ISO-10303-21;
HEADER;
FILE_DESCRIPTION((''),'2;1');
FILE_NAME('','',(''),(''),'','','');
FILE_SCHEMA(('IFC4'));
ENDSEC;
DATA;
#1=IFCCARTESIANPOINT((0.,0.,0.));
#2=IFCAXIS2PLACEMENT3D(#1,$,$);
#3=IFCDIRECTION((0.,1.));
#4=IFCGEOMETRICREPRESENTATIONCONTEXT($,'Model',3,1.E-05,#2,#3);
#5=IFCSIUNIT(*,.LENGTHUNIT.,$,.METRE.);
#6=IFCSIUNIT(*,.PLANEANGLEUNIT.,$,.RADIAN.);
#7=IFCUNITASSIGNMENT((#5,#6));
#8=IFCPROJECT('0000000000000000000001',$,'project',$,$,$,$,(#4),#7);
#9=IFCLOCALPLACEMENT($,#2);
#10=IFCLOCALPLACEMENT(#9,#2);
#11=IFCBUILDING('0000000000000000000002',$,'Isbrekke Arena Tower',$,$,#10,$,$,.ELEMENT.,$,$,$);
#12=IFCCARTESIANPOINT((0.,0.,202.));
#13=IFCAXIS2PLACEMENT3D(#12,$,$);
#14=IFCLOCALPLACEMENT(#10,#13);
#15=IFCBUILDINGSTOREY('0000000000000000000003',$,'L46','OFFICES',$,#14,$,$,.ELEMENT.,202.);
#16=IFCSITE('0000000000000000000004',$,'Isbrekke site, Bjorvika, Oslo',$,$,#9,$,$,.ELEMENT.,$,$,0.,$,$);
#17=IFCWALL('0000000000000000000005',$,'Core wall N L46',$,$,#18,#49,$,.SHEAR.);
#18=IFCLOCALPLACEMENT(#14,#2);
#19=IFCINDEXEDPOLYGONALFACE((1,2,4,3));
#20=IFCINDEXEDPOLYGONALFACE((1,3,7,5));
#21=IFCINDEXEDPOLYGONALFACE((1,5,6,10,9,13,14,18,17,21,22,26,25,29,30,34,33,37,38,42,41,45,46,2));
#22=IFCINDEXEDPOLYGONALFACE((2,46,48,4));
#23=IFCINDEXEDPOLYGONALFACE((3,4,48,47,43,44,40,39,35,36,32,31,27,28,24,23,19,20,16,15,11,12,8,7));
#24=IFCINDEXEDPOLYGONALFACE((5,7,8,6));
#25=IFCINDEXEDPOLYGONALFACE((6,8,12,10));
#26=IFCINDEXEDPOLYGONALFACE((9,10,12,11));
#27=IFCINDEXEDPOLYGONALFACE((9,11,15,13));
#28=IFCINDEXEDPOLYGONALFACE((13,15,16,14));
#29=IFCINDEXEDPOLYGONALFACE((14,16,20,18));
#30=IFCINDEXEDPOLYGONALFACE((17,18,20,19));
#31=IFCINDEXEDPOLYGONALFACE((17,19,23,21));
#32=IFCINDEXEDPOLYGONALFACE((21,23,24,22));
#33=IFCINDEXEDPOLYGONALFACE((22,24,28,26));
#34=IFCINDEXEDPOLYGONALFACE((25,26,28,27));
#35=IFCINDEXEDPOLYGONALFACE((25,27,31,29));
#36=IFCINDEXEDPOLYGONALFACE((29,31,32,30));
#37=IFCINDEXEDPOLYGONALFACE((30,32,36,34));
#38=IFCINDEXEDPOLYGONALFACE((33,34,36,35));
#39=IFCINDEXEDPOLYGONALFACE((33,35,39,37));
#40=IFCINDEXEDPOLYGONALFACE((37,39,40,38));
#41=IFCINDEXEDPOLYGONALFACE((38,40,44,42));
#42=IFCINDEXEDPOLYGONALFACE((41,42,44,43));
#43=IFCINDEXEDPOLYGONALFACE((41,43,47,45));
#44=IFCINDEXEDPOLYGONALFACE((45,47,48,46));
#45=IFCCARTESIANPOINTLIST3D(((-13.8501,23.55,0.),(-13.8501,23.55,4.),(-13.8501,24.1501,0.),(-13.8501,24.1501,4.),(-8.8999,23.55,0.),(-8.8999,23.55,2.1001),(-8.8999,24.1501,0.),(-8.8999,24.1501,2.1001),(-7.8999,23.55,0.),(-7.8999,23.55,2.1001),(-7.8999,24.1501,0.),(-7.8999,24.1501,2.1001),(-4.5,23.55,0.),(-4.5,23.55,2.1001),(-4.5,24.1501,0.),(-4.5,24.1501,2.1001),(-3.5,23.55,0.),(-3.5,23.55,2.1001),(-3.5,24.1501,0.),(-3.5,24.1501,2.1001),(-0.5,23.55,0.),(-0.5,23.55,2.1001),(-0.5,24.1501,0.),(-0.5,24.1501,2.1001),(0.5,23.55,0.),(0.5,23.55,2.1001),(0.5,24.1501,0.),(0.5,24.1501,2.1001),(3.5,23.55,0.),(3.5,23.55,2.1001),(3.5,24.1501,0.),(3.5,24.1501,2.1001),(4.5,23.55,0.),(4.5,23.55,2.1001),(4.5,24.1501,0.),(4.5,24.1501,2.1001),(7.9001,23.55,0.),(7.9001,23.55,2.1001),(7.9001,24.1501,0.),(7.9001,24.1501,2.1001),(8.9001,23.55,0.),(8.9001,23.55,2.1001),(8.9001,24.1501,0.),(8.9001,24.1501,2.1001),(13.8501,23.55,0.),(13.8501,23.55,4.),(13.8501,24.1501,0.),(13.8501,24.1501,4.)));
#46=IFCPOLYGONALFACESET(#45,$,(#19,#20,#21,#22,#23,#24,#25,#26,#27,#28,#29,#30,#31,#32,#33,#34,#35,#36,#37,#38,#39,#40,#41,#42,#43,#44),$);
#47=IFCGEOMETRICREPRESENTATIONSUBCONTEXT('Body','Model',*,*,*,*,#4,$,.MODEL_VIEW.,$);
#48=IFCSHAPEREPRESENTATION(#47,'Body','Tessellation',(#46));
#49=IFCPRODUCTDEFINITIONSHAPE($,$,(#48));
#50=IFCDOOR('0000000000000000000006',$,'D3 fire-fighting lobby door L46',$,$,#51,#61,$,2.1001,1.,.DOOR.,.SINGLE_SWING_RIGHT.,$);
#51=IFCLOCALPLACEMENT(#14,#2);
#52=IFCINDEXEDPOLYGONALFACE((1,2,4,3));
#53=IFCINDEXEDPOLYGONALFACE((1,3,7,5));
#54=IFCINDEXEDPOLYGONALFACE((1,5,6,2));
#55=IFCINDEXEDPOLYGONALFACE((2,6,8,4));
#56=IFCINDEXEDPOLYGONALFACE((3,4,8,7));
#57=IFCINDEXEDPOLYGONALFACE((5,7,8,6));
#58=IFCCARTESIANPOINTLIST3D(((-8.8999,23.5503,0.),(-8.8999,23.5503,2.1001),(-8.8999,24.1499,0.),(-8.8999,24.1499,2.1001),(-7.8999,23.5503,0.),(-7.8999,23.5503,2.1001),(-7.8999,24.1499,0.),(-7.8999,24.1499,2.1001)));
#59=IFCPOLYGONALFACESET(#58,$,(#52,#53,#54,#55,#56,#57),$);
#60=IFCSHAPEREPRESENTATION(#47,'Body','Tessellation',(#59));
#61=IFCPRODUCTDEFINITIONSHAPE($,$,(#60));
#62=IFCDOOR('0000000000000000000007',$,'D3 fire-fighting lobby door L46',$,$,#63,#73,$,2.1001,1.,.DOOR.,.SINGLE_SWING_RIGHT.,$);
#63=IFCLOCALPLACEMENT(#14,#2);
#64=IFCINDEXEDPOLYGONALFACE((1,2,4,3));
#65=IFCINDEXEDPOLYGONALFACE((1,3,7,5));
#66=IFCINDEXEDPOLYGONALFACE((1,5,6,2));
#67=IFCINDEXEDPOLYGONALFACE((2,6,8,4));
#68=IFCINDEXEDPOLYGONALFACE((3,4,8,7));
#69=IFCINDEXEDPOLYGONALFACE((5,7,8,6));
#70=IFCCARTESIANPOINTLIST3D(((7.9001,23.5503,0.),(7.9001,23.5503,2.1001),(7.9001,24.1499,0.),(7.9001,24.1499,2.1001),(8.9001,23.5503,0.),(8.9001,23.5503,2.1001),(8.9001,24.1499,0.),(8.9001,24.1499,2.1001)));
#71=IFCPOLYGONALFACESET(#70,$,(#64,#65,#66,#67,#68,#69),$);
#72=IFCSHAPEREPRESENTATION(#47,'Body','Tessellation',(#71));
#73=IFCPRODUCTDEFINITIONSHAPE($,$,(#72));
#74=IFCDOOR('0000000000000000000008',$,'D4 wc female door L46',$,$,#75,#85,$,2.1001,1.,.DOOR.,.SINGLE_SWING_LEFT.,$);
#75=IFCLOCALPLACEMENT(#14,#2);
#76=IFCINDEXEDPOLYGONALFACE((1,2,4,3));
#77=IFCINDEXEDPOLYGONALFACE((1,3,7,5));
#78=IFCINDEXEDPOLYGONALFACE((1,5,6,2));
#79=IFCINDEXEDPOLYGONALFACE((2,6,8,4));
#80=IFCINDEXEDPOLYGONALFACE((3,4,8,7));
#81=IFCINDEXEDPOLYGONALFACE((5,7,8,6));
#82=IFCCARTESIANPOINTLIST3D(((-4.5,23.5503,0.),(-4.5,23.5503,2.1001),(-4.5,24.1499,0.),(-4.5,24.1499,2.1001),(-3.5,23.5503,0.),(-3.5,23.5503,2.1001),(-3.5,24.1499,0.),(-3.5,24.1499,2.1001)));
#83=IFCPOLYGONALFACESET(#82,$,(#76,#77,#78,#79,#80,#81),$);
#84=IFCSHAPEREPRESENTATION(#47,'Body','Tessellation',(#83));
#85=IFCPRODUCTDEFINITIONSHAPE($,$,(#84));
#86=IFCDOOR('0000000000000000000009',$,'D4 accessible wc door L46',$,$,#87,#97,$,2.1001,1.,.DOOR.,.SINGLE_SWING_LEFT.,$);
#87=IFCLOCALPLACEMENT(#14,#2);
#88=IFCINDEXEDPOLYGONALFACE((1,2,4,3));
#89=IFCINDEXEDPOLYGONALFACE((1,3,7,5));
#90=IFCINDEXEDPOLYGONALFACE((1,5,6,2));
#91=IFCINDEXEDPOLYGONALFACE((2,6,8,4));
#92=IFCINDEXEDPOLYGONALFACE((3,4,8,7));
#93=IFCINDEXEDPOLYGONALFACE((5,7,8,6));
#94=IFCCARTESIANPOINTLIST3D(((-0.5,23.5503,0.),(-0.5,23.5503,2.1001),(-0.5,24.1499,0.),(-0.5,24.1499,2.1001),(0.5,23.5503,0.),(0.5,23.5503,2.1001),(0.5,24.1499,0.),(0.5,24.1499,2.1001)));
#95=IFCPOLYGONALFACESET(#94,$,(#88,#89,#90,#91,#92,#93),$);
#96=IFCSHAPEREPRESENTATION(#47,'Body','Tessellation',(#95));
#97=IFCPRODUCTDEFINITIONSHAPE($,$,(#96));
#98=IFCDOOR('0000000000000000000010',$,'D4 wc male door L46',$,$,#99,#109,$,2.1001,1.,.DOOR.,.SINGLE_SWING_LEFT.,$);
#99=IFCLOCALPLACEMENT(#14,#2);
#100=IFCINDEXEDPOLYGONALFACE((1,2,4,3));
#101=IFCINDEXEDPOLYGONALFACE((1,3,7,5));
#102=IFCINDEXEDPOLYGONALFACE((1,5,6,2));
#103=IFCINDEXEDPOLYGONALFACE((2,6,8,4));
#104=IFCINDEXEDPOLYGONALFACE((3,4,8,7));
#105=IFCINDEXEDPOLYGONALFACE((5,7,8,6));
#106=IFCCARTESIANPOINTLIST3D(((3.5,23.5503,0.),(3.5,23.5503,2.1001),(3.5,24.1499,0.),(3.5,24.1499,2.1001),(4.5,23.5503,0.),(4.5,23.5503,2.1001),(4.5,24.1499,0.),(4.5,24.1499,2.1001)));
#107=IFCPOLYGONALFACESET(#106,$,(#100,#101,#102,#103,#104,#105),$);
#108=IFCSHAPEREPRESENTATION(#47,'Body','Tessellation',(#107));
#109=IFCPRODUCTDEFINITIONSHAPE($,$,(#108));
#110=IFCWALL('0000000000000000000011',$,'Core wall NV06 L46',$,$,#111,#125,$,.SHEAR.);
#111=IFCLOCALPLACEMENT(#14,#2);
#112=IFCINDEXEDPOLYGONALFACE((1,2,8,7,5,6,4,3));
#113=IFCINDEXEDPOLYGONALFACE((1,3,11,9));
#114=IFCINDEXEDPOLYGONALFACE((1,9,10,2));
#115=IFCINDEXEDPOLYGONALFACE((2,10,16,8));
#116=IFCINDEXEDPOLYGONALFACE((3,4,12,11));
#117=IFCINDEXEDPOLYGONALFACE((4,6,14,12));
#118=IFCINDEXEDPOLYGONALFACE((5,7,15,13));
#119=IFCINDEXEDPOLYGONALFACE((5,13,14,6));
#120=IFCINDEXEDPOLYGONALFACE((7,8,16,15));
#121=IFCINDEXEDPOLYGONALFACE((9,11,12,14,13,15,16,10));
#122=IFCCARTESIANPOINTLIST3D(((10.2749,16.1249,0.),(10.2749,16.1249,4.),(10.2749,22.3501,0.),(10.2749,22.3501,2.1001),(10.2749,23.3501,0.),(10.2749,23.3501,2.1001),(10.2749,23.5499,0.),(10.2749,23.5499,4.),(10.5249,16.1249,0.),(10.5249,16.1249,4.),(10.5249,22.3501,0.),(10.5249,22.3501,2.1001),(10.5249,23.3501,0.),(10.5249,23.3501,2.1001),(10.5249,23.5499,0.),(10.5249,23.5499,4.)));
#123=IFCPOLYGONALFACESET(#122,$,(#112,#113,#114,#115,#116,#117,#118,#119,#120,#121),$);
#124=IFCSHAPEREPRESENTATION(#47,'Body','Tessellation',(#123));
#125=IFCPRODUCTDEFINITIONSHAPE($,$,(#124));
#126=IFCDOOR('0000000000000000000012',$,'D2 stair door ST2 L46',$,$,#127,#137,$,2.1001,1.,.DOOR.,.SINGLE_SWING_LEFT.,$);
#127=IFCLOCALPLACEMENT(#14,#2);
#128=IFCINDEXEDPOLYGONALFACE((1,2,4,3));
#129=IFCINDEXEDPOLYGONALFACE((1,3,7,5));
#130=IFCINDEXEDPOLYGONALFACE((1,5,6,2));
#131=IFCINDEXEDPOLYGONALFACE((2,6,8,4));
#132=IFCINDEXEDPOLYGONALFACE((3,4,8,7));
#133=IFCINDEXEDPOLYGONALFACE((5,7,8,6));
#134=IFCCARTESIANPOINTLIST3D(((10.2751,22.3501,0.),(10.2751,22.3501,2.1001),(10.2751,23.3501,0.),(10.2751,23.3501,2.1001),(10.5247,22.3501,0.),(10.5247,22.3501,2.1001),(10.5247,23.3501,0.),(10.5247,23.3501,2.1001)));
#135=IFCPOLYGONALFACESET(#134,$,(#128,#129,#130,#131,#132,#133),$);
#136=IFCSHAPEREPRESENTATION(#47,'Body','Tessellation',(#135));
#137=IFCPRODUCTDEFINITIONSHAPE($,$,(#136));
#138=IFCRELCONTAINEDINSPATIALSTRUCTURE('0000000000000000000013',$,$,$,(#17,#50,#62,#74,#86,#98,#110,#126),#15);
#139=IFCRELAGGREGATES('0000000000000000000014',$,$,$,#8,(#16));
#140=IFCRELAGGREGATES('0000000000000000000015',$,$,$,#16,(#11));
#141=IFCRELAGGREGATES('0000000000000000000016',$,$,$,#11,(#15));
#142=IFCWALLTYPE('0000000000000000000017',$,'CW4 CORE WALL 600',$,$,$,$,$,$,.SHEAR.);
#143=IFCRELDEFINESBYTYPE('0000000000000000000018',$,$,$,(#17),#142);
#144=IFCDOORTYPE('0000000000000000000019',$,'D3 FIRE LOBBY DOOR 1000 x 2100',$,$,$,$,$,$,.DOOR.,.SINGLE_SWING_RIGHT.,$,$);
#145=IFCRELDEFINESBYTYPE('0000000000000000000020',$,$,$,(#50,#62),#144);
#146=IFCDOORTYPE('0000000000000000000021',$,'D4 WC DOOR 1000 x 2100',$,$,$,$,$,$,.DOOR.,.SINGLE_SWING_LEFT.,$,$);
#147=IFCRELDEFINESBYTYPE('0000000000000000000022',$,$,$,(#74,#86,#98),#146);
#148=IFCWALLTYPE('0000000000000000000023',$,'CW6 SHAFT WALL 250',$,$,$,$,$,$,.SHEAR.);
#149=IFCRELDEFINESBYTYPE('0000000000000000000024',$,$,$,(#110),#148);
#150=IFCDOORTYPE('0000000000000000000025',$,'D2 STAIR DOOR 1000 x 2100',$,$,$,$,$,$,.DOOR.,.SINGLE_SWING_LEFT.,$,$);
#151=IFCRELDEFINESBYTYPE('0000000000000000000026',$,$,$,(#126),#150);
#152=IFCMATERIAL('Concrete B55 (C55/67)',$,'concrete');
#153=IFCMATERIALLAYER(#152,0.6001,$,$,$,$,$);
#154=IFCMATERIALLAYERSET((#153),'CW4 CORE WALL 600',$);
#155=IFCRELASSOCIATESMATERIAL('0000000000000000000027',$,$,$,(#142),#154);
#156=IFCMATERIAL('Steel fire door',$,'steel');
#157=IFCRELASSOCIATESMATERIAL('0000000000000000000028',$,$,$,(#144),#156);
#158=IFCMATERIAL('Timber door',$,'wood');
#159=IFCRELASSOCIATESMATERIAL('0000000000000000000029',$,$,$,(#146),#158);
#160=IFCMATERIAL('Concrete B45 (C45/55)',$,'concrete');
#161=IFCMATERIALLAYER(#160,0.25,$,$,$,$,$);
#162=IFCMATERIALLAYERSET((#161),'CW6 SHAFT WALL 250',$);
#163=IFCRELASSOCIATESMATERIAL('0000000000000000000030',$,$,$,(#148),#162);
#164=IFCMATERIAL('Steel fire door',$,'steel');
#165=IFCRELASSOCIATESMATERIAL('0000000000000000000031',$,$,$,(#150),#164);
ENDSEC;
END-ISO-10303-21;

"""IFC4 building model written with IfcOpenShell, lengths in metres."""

from ifc_helpers import new_model, si_unit, direction, frame, frame_2d, origin, place, context, subcontext, project, spatial, rectangle, extrude, material, layer, layer_set, type_object, element, fill, save


model = new_model("IFC4")

# Units and contexts
model_context = context("Model", 3, precision=1e-05, world=origin(), true_north=direction((0.0, 1.0)))
body_context = subcontext(model_context, "Body", "Model", "MODEL_VIEW")
ifc_project = project(units=[si_unit("LENGTHUNIT", "METRE"), si_unit("PLANEANGLEUNIT", "RADIAN")], contexts=[model_context])

# Site, building, storey
site_placement = place(None, origin())
site = spatial("IfcSite", under=ifc_project, at=site_placement, Name="Isbrekke site, Bjorvika, Oslo", CompositionType="ELEMENT", RefElevation=0.0)
building_placement = place(site_placement, origin())
building = spatial("IfcBuilding", under=site, at=building_placement, Name="Isbrekke Arena Tower", CompositionType="ELEMENT")
storey_placement = place(building_placement, frame((0.0, 0.0, 202.0)))
storey = spatial("IfcBuildingStorey", under=building, at=storey_placement, Name="L46", Description="OFFICES", CompositionType="ELEMENT", Elevation=202.0)

# Wall, openings, doors
ifc_material_1 = material(Name="Concrete B55 (C55/67)", Category="concrete")
ifc_layer_1 = layer(ifc_material_1, 0.6001)
ifc_layer_set_1 = layer_set([ifc_layer_1], Name="CW4 CORE WALL 600")
wall_type_1 = type_object("IfcWallType", Name="CW4 CORE WALL 600", PredefinedType="SHEAR", material=ifc_layer_set_1)
wall_1_placement = place(storey_placement, frame((13.8501, 23.8501, 0.0), z_axis=(0.0, 0.0, 1.0), x_axis=(-1.0, 0.0, 0.0)))
wall_1 = element("IfcWall", 1, at=wall_1_placement, inside=storey, type_object=wall_type_1, Name="Core wall N L46", PredefinedType="SHEAR", context=body_context, shape_type="SweptSolid", body=[
    extrude(rectangle(XDim=27.7002, YDim=0.6001, at=frame_2d((13.8501, 0.0))), origin(), (0.0, 0.0, 1.0), 4.0),
])
opening_1_placement = place(wall_1_placement, frame((21.75, 0.0, 0.0)))
opening_1 = element("IfcOpeningElement", 2, at=opening_1_placement, cuts=wall_1, PredefinedType="OPENING", context=body_context, shape_type="SweptSolid", body=[
    extrude(rectangle(XDim=1.0, YDim=2.1001, at=frame_2d((0.5, 1.05))), frame((0.0, 0.3149, 0.0), z_axis=(0.0, -1.0, 0.0), x_axis=(1.0, 0.0, 0.0)), (0.0, 0.0, 1.0), 0.6299),
])
opening_2_placement = place(wall_1_placement, frame((4.95, 0.0, 0.0)))
opening_2 = element("IfcOpeningElement", 3, at=opening_2_placement, cuts=wall_1, PredefinedType="OPENING", context=body_context, shape_type="SweptSolid", body=[
    extrude(rectangle(XDim=1.0, YDim=2.1001, at=frame_2d((0.5, 1.05))), frame((0.0, 0.3149, 0.0), z_axis=(0.0, -1.0, 0.0), x_axis=(1.0, 0.0, 0.0)), (0.0, 0.0, 1.0), 0.6299),
])
opening_3_placement = place(wall_1_placement, frame((17.3501, 0.0, 0.0)))
opening_3 = element("IfcOpeningElement", 4, at=opening_3_placement, cuts=wall_1, PredefinedType="OPENING", context=body_context, shape_type="SweptSolid", body=[
    extrude(rectangle(XDim=1.0, YDim=2.1001, at=frame_2d((0.5, 1.05))), frame((0.0, 0.3149, 0.0), z_axis=(0.0, -1.0, 0.0), x_axis=(1.0, 0.0, 0.0)), (0.0, 0.0, 1.0), 0.6299),
])
opening_4_placement = place(wall_1_placement, frame((13.3501, 0.0, 0.0)))
opening_4 = element("IfcOpeningElement", 5, at=opening_4_placement, cuts=wall_1, PredefinedType="OPENING", context=body_context, shape_type="SweptSolid", body=[
    extrude(rectangle(XDim=1.0, YDim=2.1001, at=frame_2d((0.5, 1.05))), frame((0.0, 0.3149, 0.0), z_axis=(0.0, -1.0, 0.0), x_axis=(1.0, 0.0, 0.0)), (0.0, 0.0, 1.0), 0.6299),
])
opening_5_placement = place(wall_1_placement, frame((9.3501, 0.0, 0.0)))
opening_5 = element("IfcOpeningElement", 6, at=opening_5_placement, cuts=wall_1, PredefinedType="OPENING", context=body_context, shape_type="SweptSolid", body=[
    extrude(rectangle(XDim=1.0, YDim=2.1001, at=frame_2d((0.5, 1.05))), frame((0.0, 0.3149, 0.0), z_axis=(0.0, -1.0, 0.0), x_axis=(1.0, 0.0, 0.0)), (0.0, 0.0, 1.0), 0.6299),
])
ifc_material_2 = material(Name="Steel fire door", Category="steel")
door_type_1 = type_object("IfcDoorType", Name="D3 FIRE LOBBY DOOR 1000 x 2100", OperationType="SINGLE_SWING_RIGHT", PredefinedType="DOOR", material=ifc_material_2)
door_1_placement = place(opening_1_placement, origin())
door_1 = element("IfcDoor", 7, at=door_1_placement, inside=storey, type_object=door_type_1, Name="D3 fire-fighting lobby door L46", OperationType="SINGLE_SWING_RIGHT", OverallHeight=2.1001, OverallWidth=1.0, PredefinedType="DOOR", context=body_context, shape_type="SweptSolid", body=[
    extrude(rectangle(XDim=1.0, YDim=2.1001, at=frame_2d((0.5, 1.05))), frame((0.0, 0.2998, 0.0), z_axis=(0.0, -1.0, 0.0), x_axis=(1.0, 0.0, 0.0)), (0.0, 0.0, 1.0), 0.5996),
])
fill(opening_1, door_1)
door_2_placement = place(opening_2_placement, origin())
door_2 = element("IfcDoor", 8, at=door_2_placement, inside=storey, type_object=door_type_1, Name="D3 fire-fighting lobby door L46", OperationType="SINGLE_SWING_RIGHT", OverallHeight=2.1001, OverallWidth=1.0, PredefinedType="DOOR", context=body_context, shape_type="SweptSolid", body=[
    extrude(rectangle(XDim=1.0, YDim=2.1001, at=frame_2d((0.5, 1.05))), frame((0.0, 0.2998, 0.0), z_axis=(0.0, -1.0, 0.0), x_axis=(1.0, 0.0, 0.0)), (0.0, 0.0, 1.0), 0.5996),
])
fill(opening_2, door_2)
ifc_material_3 = material(Name="Timber door", Category="wood")
door_type_2 = type_object("IfcDoorType", Name="D4 WC DOOR 1000 x 2100", OperationType="SINGLE_SWING_LEFT", PredefinedType="DOOR", material=ifc_material_3)
door_3_placement = place(opening_3_placement, origin())
door_3 = element("IfcDoor", 9, at=door_3_placement, inside=storey, type_object=door_type_2, Name="D4 wc female door L46", OperationType="SINGLE_SWING_LEFT", OverallHeight=2.1001, OverallWidth=1.0, PredefinedType="DOOR", context=body_context, shape_type="SweptSolid", body=[
    extrude(rectangle(XDim=1.0, YDim=2.1001, at=frame_2d((0.5, 1.05))), frame((0.0, 0.2998, 0.0), z_axis=(0.0, -1.0, 0.0), x_axis=(1.0, 0.0, 0.0)), (0.0, 0.0, 1.0), 0.5996),
])
fill(opening_3, door_3)
door_4_placement = place(opening_4_placement, origin())
door_4 = element("IfcDoor", 10, at=door_4_placement, inside=storey, type_object=door_type_2, Name="D4 accessible wc door L46", OperationType="SINGLE_SWING_LEFT", OverallHeight=2.1001, OverallWidth=1.0, PredefinedType="DOOR", context=body_context, shape_type="SweptSolid", body=[
    extrude(rectangle(XDim=1.0, YDim=2.1001, at=frame_2d((0.5, 1.05))), frame((0.0, 0.2998, 0.0), z_axis=(0.0, -1.0, 0.0), x_axis=(1.0, 0.0, 0.0)), (0.0, 0.0, 1.0), 0.5996),
])
fill(opening_4, door_4)
door_5_placement = place(opening_5_placement, origin())
door_5 = element("IfcDoor", 11, at=door_5_placement, inside=storey, type_object=door_type_2, Name="D4 wc male door L46", OperationType="SINGLE_SWING_LEFT", OverallHeight=2.1001, OverallWidth=1.0, PredefinedType="DOOR", context=body_context, shape_type="SweptSolid", body=[
    extrude(rectangle(XDim=1.0, YDim=2.1001, at=frame_2d((0.5, 1.05))), frame((0.0, 0.2998, 0.0), z_axis=(0.0, -1.0, 0.0), x_axis=(1.0, 0.0, 0.0)), (0.0, 0.0, 1.0), 0.5996),
])
fill(opening_5, door_5)

# Wall, opening, door
ifc_material_4 = material(Name="Concrete B45 (C45/55)", Category="concrete")
ifc_layer_2 = layer(ifc_material_4, 0.25)
ifc_layer_set_2 = layer_set([ifc_layer_2], Name="CW6 SHAFT WALL 250")
wall_type_2 = type_object("IfcWallType", Name="CW6 SHAFT WALL 250", PredefinedType="SHEAR", material=ifc_layer_set_2)
wall_2_placement = place(storey_placement, frame((10.3999, 16.125, 0.0), z_axis=(0.0, 0.0, 1.0), x_axis=(0.0, 1.0, 0.0)))
wall_2 = element("IfcWall", 12, at=wall_2_placement, inside=storey, type_object=wall_type_2, Name="Core wall NV06 L46", PredefinedType="SHEAR", context=body_context, shape_type="SweptSolid", body=[
    extrude(rectangle(XDim=7.425, YDim=0.25, at=frame_2d((3.7124, 0.0))), origin(), (0.0, 0.0, 1.0), 4.0),
])
opening_6_placement = place(wall_2_placement, frame((6.2251, 0.0, 0.0)))
opening_6 = element("IfcOpeningElement", 13, at=opening_6_placement, cuts=wall_2, PredefinedType="OPENING", context=body_context, shape_type="SweptSolid", body=[
    extrude(rectangle(XDim=1.0, YDim=2.1001, at=frame_2d((0.5, 1.05))), frame((0.0, 0.1399, 0.0), z_axis=(0.0, -1.0, 0.0), x_axis=(1.0, 0.0, 0.0)), (0.0, 0.0, 1.0), 0.2798),
])
ifc_material_5 = material(Name="Steel fire door", Category="steel")
door_type_3 = type_object("IfcDoorType", Name="D2 STAIR DOOR 1000 x 2100", OperationType="SINGLE_SWING_LEFT", PredefinedType="DOOR", material=ifc_material_5)
door_6_placement = place(opening_6_placement, origin())
door_6 = element("IfcDoor", 14, at=door_6_placement, inside=storey, type_object=door_type_3, Name="D2 stair door ST2 L46", OperationType="SINGLE_SWING_LEFT", OverallHeight=2.1001, OverallWidth=1.0, PredefinedType="DOOR", context=body_context, shape_type="SweptSolid", body=[
    extrude(rectangle(XDim=1.0, YDim=2.1001, at=frame_2d((0.5, 1.05))), frame((0.0, 0.1248, 0.0), z_axis=(0.0, -1.0, 0.0), x_axis=(1.0, 0.0, 0.0)), (0.0, 0.0, 1.0), 0.2495),
])
fill(opening_6, door_6)

save(model, "model.ifc")
